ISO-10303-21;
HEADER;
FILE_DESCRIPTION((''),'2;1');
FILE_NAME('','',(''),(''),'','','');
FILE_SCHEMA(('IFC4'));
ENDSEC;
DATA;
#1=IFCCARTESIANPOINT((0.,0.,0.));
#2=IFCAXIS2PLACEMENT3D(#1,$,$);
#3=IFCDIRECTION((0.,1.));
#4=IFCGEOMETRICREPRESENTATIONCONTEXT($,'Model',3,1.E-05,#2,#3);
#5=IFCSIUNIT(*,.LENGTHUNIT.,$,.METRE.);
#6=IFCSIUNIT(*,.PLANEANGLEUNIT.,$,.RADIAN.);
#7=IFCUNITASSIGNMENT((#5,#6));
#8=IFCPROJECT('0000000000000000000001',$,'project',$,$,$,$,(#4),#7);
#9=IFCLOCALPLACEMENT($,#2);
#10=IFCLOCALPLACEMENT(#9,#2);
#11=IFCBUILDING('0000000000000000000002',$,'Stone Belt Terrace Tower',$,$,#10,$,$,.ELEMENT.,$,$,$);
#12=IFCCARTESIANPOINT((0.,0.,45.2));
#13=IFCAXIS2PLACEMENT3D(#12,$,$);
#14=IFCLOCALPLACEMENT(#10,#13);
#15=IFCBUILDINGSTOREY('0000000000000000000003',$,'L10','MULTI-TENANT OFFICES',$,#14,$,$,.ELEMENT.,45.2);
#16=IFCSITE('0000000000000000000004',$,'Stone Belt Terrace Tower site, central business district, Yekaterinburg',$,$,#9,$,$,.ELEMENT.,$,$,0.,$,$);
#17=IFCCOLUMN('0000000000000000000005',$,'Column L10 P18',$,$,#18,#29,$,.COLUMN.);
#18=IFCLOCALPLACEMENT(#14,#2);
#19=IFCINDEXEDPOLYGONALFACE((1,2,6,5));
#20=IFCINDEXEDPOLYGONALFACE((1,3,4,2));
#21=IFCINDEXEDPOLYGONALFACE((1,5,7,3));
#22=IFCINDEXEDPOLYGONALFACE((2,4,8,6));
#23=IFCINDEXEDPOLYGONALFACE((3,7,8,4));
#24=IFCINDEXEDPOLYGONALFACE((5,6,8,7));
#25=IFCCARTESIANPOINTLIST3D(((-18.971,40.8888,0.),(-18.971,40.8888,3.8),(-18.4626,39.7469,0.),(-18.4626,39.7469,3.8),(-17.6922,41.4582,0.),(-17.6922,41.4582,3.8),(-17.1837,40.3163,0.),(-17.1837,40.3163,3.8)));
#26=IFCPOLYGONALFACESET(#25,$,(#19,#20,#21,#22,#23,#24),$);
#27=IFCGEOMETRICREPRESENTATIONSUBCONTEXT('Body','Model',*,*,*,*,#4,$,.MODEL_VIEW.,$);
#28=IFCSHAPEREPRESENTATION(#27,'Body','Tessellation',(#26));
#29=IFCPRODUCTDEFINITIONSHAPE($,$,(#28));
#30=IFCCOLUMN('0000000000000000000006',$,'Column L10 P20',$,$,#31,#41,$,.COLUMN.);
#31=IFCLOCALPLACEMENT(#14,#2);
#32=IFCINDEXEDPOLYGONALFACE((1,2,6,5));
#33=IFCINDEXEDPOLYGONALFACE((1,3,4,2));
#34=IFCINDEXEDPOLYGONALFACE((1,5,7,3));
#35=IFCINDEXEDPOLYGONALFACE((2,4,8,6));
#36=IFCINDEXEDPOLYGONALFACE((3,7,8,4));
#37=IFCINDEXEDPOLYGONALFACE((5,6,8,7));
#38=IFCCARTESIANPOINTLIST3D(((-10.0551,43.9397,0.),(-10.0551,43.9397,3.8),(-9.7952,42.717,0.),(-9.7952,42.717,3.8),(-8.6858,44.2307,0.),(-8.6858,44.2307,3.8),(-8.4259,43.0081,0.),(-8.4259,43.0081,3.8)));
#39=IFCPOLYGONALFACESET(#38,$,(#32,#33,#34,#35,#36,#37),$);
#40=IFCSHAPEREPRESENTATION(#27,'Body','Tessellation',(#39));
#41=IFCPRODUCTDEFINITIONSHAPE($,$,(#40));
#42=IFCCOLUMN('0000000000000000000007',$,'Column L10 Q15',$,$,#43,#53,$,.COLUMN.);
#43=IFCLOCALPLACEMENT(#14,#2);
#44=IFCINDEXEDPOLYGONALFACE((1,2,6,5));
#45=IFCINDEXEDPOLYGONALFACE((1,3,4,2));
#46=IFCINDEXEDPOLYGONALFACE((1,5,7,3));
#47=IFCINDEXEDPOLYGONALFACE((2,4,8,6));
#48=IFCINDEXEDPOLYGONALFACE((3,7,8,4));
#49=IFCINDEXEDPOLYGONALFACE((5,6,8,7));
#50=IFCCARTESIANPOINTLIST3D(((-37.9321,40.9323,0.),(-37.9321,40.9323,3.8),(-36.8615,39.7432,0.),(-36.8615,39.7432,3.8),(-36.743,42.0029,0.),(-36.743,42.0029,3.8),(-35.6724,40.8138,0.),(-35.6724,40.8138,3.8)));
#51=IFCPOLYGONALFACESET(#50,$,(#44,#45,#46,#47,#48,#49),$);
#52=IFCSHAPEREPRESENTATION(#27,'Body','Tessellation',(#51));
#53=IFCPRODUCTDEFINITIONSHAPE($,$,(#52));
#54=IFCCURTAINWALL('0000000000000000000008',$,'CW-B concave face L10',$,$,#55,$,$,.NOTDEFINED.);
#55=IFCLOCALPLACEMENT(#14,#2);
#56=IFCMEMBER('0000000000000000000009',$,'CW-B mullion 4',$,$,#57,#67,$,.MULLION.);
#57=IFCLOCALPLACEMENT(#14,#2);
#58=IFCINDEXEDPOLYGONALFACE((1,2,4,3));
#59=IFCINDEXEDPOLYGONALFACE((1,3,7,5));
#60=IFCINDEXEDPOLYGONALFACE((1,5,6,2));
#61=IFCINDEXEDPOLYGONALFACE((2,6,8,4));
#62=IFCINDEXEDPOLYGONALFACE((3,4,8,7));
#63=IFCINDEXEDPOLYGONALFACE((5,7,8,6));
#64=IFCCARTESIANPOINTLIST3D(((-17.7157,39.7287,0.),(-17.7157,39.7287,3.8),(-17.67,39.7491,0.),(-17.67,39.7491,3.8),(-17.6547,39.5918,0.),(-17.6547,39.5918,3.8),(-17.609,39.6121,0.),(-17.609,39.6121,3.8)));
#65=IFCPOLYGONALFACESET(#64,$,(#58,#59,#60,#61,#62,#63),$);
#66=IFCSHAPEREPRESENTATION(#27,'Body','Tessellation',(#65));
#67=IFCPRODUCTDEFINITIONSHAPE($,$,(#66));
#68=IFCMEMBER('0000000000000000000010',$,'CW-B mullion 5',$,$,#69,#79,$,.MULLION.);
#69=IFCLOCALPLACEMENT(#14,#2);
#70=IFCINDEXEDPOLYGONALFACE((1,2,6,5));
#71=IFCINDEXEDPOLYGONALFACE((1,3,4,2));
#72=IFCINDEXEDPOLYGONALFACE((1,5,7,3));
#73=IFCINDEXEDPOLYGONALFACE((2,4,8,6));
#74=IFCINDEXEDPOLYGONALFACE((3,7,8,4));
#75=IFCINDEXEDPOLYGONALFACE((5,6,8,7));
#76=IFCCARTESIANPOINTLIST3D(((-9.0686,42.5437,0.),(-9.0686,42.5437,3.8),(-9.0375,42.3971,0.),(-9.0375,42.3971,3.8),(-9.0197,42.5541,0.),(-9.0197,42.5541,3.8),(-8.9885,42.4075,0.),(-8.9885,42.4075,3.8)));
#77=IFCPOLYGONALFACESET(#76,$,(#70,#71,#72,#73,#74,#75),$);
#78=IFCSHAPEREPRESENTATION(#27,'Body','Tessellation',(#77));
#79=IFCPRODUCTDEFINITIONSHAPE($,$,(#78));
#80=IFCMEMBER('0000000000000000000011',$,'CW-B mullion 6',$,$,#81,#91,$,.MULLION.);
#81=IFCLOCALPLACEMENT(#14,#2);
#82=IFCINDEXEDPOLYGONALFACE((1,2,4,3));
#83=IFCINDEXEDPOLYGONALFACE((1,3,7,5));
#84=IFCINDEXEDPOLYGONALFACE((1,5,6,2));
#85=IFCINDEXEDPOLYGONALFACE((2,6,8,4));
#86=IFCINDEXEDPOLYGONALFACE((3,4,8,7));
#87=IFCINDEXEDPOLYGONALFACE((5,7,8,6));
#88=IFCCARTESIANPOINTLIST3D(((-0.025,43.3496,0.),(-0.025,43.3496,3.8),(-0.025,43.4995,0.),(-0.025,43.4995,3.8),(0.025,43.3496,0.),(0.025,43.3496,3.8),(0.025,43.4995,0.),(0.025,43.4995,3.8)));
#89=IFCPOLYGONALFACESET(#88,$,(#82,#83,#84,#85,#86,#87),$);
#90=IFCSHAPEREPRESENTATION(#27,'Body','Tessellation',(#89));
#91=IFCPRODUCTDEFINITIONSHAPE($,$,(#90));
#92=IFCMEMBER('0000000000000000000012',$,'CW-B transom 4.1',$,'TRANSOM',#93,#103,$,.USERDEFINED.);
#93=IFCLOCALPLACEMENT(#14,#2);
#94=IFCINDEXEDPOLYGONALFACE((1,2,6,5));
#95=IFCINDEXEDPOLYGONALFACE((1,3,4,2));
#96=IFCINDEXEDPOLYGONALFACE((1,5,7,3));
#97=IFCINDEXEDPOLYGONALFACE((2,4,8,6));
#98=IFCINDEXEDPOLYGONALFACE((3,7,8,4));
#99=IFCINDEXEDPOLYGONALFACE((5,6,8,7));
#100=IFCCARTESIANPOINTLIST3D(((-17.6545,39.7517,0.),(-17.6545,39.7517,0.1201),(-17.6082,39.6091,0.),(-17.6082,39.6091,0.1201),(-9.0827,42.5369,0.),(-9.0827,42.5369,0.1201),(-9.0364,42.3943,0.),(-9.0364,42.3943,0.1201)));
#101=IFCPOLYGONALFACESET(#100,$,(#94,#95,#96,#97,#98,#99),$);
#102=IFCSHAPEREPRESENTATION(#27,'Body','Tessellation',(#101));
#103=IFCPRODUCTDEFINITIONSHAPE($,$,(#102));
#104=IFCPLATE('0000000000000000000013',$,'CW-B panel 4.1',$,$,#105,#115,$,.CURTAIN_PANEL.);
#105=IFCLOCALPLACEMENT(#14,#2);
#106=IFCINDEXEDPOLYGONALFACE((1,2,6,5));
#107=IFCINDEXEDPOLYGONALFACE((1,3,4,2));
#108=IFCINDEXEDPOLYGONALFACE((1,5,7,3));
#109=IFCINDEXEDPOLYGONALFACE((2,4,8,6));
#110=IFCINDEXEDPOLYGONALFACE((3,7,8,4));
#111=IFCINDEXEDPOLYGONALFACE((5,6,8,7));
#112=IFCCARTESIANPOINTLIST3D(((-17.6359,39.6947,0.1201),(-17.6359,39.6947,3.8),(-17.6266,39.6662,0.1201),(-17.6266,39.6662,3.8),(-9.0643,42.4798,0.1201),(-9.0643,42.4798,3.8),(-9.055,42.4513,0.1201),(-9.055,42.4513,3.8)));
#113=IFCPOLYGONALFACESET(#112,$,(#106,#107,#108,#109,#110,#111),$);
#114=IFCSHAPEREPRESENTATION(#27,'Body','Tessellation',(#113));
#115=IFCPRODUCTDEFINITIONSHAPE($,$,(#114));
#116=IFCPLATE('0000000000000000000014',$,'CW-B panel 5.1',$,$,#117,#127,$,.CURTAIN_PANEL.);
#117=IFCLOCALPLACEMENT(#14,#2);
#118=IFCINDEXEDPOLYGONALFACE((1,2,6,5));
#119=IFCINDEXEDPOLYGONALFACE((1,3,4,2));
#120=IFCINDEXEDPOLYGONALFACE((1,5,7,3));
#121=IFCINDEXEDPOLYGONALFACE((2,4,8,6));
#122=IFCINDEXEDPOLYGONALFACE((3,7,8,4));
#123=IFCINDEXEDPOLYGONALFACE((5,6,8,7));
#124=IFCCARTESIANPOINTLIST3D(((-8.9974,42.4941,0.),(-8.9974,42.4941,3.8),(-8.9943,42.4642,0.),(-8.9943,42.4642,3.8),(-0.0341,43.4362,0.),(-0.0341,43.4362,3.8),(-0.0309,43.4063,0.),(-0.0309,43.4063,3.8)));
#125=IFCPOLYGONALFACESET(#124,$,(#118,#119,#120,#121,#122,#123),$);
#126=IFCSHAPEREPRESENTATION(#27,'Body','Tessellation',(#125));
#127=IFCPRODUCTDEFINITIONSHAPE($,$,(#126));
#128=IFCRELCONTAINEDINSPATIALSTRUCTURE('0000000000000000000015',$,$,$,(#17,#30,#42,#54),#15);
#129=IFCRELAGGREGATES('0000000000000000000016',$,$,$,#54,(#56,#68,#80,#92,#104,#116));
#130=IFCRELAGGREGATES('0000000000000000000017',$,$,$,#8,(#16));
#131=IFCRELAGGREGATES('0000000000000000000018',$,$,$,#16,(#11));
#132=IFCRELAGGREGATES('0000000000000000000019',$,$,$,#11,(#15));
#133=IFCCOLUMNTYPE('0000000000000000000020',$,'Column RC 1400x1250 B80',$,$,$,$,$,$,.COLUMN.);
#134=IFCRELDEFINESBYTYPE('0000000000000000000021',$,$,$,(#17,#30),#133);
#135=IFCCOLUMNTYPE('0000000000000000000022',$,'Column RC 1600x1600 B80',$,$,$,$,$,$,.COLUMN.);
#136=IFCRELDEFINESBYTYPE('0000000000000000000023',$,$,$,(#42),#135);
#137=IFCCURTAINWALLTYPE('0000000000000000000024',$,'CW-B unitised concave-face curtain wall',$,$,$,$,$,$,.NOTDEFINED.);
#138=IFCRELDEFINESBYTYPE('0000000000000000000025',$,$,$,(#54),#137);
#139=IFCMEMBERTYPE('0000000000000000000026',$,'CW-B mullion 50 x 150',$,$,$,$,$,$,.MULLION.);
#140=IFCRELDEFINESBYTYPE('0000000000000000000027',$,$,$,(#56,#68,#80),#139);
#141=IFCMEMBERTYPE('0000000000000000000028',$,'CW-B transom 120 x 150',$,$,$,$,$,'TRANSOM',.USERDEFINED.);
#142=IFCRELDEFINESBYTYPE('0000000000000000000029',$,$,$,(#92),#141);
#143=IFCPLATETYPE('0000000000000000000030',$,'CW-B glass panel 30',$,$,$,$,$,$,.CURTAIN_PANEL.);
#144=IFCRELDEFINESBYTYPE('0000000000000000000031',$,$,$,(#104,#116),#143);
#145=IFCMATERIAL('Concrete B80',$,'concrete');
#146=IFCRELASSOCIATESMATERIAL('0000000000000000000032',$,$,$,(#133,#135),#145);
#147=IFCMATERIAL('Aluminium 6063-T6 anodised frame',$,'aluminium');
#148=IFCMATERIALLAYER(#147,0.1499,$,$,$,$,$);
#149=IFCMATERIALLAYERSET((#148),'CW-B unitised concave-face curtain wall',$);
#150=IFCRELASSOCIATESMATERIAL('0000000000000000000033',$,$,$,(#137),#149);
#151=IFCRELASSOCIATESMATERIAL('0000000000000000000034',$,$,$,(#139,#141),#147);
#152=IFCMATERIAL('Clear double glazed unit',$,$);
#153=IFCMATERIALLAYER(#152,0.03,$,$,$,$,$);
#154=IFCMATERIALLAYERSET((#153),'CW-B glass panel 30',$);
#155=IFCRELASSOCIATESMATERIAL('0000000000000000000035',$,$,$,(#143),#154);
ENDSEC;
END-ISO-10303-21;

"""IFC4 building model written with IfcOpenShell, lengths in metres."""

from ifc_helpers import new_model, si_unit, direction, frame, origin, origin_2d, place, context, subcontext, project, spatial, rectangle, extrude, material, layer, layer_set, material_profile, profile_set, type_object, element, aggregate, save


model = new_model("IFC4")

# Units and contexts
model_context = context("Model", 3, precision=1e-05, world=origin(), true_north=direction((0.0, 1.0)))
body_context = subcontext(model_context, "Body", "Model", "MODEL_VIEW")
ifc_project = project(units=[si_unit("LENGTHUNIT", "METRE"), si_unit("PLANEANGLEUNIT", "RADIAN")], contexts=[model_context])

# Site, building, storey
site_placement = place(None, origin())
site = spatial("IfcSite", under=ifc_project, at=site_placement, Name="Stone Belt Terrace Tower site, central business district, Yekaterinburg", CompositionType="ELEMENT", RefElevation=0.0)
building_placement = place(site_placement, origin())
building = spatial("IfcBuilding", under=site, at=building_placement, Name="Stone Belt Terrace Tower", CompositionType="ELEMENT")
storey_placement = place(building_placement, frame((0.0, 0.0, 45.2)))
storey = spatial("IfcBuildingStorey", under=building, at=storey_placement, Name="L10", Description="MULTI-TENANT OFFICES", CompositionType="ELEMENT", Elevation=45.2)

# Columns
ifc_material_1 = material(Name="Concrete B80", Category="concrete")
ifc_material_profile_1 = material_profile(ifc_material_1, rectangle(XDim=1.3999, YDim=1.25, at=origin_2d()), Name="RC 1400x1250")
ifc_profile_set_1 = profile_set([ifc_material_profile_1], Name="Concrete B80")
column_type_1 = type_object("IfcColumnType", Name="Column RC 1400x1250 B80", PredefinedType="COLUMN", material=ifc_profile_set_1)
for number, where, z_axis, x_axis, name in (
    (1, (-18.0774, 40.6025, 0.0), (0.0, 0.0, 1.0), (0.913545, 0.406737, 0.0), "Column L10 P18"),
    (2, (-9.2405, 43.4739, 0.0), (0.0, 0.0, 1.0), (0.978148, 0.207912, 0.0), "Column L10 P20"),
):
    element("IfcColumn", number, at=place(storey_placement, frame(where, z_axis=z_axis, x_axis=x_axis)), inside=storey, type_object=column_type_1, Name=name, PredefinedType="COLUMN", context=body_context, shape_type="SweptSolid", body=[
        extrude(rectangle(XDim=1.3999, YDim=1.25, at=origin_2d()), origin(), (0.0, 0.0, 1.0), 3.8),
    ])
ifc_material_profile_2 = material_profile(ifc_material_1, rectangle(XDim=1.6001, YDim=1.6001, at=origin_2d()), Name="RC 1600x1600")
ifc_profile_set_2 = profile_set([ifc_material_profile_2], Name="Concrete B80")
column_type_2 = type_object("IfcColumnType", Name="Column RC 1600x1600 B80", PredefinedType="COLUMN", material=ifc_profile_set_2)
column_placement = place(storey_placement, frame((-36.8022, 40.873, 0.0), z_axis=(0.0, 0.0, 1.0), x_axis=(0.743145, 0.669131, 0.0)))
element("IfcColumn", 3, at=column_placement, inside=storey, type_object=column_type_2, Name="Column L10 Q15", PredefinedType="COLUMN", context=body_context, shape_type="SweptSolid", body=[
    extrude(rectangle(XDim=1.6001, YDim=1.6001, at=origin_2d()), origin(), (0.0, 0.0, 1.0), 3.8),
])

# Curtain wall, members, plates
ifc_material_2 = material(Name="Aluminium 6063-T6 anodised frame", Category="aluminium")
ifc_layer_1 = layer(ifc_material_2, 0.1499)
ifc_layer_set_1 = layer_set([ifc_layer_1], Name="CW-B unitised concave-face curtain wall")
curtain_wall_type = type_object("IfcCurtainWallType", Name="CW-B unitised concave-face curtain wall", PredefinedType="NOTDEFINED", material=ifc_layer_set_1)
curtain_wall_placement = place(storey_placement, origin())
curtain_wall = element("IfcCurtainWall", 4, at=curtain_wall_placement, inside=storey, type_object=curtain_wall_type, Name="CW-B concave face L10", PredefinedType="NOTDEFINED")
ifc_material_profile_3 = material_profile(ifc_material_2, rectangle(XDim=0.1499, YDim=0.05, at=origin_2d()), Name="Aluminium 6063-T6 50x150")
ifc_profile_set_3 = profile_set([ifc_material_profile_3], Name="Aluminium 6063-T6 anodised frame")
member_type_1 = type_object("IfcMemberType", Name="CW-B mullion 50 x 150", PredefinedType="MULLION", material=ifc_profile_set_3)
member_1_placement = place(storey_placement, frame((-17.6624, 39.6704, 0.0), z_axis=(0.0, 0.0, 1.0), x_axis=(-0.406737, 0.913545, 0.0)))
member_1 = element("IfcMember", 5, at=member_1_placement, type_object=member_type_1, Name="CW-B mullion 4", PredefinedType="MULLION", context=body_context, shape_type="SweptSolid", body=[
    extrude(rectangle(XDim=0.1499, YDim=0.05, at=origin_2d()), origin(), (0.0, 0.0, 1.0), 3.8),
])
member_2_placement = place(storey_placement, frame((-9.0286, 42.4756, 0.0), z_axis=(0.0, 0.0, 1.0), x_axis=(-0.207912, 0.978148, 0.0)))
member_2 = element("IfcMember", 6, at=member_2_placement, type_object=member_type_1, Name="CW-B mullion 5", PredefinedType="MULLION", context=body_context, shape_type="SweptSolid", body=[
    extrude(rectangle(XDim=0.1499, YDim=0.05, at=origin_2d()), origin(), (0.0, 0.0, 1.0), 3.8),
])
member_3_placement = place(storey_placement, frame((0.0, 43.4246, 0.0), z_axis=(0.0, 0.0, 1.0), x_axis=(0.0, 1.0, 0.0)))
member_3 = element("IfcMember", 7, at=member_3_placement, type_object=member_type_1, Name="CW-B mullion 6", PredefinedType="MULLION", context=body_context, shape_type="SweptSolid", body=[
    extrude(rectangle(XDim=0.1499, YDim=0.05, at=origin_2d()), origin(), (0.0, 0.0, 1.0), 3.8),
])
ifc_material_profile_4 = material_profile(ifc_material_2, rectangle(XDim=0.1499, YDim=0.1201, at=origin_2d()), Name="Aluminium 6063-T6 150x120")
ifc_profile_set_4 = profile_set([ifc_material_profile_4], Name="Aluminium 6063-T6 anodised frame")
member_type_2 = type_object("IfcMemberType", Name="CW-B transom 120 x 150", ElementType="TRANSOM", PredefinedType="USERDEFINED", material=ifc_profile_set_4)
member_4_placement = place(storey_placement, frame((-17.6313, 39.6804, 0.0601), z_axis=(0.951056, 0.309019, 0.0), x_axis=(-0.309019, 0.951056, 0.0)))
member_4 = element("IfcMember", 8, at=member_4_placement, type_object=member_type_2, Name="CW-B transom 4.1", ObjectType="TRANSOM", PredefinedType="USERDEFINED", context=body_context, shape_type="SweptSolid", body=[
    extrude(rectangle(XDim=0.1499, YDim=0.1201, at=origin_2d()), origin(), (0.0, 0.0, 1.0), 9.0129),
])
ifc_material_3 = material(Name="Clear double glazed unit")
ifc_layer_2 = layer(ifc_material_3, 0.03)
ifc_layer_set_2 = layer_set([ifc_layer_2], Name="CW-B glass panel 30")
plate_type = type_object("IfcPlateType", Name="CW-B glass panel 30", PredefinedType="CURTAIN_PANEL", material=ifc_layer_set_2)
plate_1_placement = place(storey_placement, frame((-13.3455, 41.073, 0.1201), z_axis=(0.0, 0.0, 1.0), x_axis=(0.951057, 0.309017, 0.0)))
plate_1 = element("IfcPlate", 9, at=plate_1_placement, type_object=plate_type, Name="CW-B panel 4.1", PredefinedType="CURTAIN_PANEL", context=body_context, shape_type="SweptSolid", body=[
    extrude(rectangle(XDim=9.0127, YDim=0.03, at=origin_2d()), origin(), (0.0, 0.0, 1.0), 3.6799),
])
plate_2_placement = place(storey_placement, frame((-4.5142, 42.9502, 0.0), z_axis=(0.0, 0.0, 1.0), x_axis=(0.994522, 0.104528, 0.0)))
plate_2 = element("IfcPlate", 10, at=plate_2_placement, type_object=plate_type, Name="CW-B panel 5.1", PredefinedType="CURTAIN_PANEL", context=body_context, shape_type="SweptSolid", body=[
    extrude(rectangle(XDim=9.0127, YDim=0.03, at=origin_2d()), origin(), (0.0, 0.0, 1.0), 3.8),
])
aggregate(curtain_wall, [member_1, member_2, member_3, member_4, plate_1, plate_2])

save(model, "model.ifc")
